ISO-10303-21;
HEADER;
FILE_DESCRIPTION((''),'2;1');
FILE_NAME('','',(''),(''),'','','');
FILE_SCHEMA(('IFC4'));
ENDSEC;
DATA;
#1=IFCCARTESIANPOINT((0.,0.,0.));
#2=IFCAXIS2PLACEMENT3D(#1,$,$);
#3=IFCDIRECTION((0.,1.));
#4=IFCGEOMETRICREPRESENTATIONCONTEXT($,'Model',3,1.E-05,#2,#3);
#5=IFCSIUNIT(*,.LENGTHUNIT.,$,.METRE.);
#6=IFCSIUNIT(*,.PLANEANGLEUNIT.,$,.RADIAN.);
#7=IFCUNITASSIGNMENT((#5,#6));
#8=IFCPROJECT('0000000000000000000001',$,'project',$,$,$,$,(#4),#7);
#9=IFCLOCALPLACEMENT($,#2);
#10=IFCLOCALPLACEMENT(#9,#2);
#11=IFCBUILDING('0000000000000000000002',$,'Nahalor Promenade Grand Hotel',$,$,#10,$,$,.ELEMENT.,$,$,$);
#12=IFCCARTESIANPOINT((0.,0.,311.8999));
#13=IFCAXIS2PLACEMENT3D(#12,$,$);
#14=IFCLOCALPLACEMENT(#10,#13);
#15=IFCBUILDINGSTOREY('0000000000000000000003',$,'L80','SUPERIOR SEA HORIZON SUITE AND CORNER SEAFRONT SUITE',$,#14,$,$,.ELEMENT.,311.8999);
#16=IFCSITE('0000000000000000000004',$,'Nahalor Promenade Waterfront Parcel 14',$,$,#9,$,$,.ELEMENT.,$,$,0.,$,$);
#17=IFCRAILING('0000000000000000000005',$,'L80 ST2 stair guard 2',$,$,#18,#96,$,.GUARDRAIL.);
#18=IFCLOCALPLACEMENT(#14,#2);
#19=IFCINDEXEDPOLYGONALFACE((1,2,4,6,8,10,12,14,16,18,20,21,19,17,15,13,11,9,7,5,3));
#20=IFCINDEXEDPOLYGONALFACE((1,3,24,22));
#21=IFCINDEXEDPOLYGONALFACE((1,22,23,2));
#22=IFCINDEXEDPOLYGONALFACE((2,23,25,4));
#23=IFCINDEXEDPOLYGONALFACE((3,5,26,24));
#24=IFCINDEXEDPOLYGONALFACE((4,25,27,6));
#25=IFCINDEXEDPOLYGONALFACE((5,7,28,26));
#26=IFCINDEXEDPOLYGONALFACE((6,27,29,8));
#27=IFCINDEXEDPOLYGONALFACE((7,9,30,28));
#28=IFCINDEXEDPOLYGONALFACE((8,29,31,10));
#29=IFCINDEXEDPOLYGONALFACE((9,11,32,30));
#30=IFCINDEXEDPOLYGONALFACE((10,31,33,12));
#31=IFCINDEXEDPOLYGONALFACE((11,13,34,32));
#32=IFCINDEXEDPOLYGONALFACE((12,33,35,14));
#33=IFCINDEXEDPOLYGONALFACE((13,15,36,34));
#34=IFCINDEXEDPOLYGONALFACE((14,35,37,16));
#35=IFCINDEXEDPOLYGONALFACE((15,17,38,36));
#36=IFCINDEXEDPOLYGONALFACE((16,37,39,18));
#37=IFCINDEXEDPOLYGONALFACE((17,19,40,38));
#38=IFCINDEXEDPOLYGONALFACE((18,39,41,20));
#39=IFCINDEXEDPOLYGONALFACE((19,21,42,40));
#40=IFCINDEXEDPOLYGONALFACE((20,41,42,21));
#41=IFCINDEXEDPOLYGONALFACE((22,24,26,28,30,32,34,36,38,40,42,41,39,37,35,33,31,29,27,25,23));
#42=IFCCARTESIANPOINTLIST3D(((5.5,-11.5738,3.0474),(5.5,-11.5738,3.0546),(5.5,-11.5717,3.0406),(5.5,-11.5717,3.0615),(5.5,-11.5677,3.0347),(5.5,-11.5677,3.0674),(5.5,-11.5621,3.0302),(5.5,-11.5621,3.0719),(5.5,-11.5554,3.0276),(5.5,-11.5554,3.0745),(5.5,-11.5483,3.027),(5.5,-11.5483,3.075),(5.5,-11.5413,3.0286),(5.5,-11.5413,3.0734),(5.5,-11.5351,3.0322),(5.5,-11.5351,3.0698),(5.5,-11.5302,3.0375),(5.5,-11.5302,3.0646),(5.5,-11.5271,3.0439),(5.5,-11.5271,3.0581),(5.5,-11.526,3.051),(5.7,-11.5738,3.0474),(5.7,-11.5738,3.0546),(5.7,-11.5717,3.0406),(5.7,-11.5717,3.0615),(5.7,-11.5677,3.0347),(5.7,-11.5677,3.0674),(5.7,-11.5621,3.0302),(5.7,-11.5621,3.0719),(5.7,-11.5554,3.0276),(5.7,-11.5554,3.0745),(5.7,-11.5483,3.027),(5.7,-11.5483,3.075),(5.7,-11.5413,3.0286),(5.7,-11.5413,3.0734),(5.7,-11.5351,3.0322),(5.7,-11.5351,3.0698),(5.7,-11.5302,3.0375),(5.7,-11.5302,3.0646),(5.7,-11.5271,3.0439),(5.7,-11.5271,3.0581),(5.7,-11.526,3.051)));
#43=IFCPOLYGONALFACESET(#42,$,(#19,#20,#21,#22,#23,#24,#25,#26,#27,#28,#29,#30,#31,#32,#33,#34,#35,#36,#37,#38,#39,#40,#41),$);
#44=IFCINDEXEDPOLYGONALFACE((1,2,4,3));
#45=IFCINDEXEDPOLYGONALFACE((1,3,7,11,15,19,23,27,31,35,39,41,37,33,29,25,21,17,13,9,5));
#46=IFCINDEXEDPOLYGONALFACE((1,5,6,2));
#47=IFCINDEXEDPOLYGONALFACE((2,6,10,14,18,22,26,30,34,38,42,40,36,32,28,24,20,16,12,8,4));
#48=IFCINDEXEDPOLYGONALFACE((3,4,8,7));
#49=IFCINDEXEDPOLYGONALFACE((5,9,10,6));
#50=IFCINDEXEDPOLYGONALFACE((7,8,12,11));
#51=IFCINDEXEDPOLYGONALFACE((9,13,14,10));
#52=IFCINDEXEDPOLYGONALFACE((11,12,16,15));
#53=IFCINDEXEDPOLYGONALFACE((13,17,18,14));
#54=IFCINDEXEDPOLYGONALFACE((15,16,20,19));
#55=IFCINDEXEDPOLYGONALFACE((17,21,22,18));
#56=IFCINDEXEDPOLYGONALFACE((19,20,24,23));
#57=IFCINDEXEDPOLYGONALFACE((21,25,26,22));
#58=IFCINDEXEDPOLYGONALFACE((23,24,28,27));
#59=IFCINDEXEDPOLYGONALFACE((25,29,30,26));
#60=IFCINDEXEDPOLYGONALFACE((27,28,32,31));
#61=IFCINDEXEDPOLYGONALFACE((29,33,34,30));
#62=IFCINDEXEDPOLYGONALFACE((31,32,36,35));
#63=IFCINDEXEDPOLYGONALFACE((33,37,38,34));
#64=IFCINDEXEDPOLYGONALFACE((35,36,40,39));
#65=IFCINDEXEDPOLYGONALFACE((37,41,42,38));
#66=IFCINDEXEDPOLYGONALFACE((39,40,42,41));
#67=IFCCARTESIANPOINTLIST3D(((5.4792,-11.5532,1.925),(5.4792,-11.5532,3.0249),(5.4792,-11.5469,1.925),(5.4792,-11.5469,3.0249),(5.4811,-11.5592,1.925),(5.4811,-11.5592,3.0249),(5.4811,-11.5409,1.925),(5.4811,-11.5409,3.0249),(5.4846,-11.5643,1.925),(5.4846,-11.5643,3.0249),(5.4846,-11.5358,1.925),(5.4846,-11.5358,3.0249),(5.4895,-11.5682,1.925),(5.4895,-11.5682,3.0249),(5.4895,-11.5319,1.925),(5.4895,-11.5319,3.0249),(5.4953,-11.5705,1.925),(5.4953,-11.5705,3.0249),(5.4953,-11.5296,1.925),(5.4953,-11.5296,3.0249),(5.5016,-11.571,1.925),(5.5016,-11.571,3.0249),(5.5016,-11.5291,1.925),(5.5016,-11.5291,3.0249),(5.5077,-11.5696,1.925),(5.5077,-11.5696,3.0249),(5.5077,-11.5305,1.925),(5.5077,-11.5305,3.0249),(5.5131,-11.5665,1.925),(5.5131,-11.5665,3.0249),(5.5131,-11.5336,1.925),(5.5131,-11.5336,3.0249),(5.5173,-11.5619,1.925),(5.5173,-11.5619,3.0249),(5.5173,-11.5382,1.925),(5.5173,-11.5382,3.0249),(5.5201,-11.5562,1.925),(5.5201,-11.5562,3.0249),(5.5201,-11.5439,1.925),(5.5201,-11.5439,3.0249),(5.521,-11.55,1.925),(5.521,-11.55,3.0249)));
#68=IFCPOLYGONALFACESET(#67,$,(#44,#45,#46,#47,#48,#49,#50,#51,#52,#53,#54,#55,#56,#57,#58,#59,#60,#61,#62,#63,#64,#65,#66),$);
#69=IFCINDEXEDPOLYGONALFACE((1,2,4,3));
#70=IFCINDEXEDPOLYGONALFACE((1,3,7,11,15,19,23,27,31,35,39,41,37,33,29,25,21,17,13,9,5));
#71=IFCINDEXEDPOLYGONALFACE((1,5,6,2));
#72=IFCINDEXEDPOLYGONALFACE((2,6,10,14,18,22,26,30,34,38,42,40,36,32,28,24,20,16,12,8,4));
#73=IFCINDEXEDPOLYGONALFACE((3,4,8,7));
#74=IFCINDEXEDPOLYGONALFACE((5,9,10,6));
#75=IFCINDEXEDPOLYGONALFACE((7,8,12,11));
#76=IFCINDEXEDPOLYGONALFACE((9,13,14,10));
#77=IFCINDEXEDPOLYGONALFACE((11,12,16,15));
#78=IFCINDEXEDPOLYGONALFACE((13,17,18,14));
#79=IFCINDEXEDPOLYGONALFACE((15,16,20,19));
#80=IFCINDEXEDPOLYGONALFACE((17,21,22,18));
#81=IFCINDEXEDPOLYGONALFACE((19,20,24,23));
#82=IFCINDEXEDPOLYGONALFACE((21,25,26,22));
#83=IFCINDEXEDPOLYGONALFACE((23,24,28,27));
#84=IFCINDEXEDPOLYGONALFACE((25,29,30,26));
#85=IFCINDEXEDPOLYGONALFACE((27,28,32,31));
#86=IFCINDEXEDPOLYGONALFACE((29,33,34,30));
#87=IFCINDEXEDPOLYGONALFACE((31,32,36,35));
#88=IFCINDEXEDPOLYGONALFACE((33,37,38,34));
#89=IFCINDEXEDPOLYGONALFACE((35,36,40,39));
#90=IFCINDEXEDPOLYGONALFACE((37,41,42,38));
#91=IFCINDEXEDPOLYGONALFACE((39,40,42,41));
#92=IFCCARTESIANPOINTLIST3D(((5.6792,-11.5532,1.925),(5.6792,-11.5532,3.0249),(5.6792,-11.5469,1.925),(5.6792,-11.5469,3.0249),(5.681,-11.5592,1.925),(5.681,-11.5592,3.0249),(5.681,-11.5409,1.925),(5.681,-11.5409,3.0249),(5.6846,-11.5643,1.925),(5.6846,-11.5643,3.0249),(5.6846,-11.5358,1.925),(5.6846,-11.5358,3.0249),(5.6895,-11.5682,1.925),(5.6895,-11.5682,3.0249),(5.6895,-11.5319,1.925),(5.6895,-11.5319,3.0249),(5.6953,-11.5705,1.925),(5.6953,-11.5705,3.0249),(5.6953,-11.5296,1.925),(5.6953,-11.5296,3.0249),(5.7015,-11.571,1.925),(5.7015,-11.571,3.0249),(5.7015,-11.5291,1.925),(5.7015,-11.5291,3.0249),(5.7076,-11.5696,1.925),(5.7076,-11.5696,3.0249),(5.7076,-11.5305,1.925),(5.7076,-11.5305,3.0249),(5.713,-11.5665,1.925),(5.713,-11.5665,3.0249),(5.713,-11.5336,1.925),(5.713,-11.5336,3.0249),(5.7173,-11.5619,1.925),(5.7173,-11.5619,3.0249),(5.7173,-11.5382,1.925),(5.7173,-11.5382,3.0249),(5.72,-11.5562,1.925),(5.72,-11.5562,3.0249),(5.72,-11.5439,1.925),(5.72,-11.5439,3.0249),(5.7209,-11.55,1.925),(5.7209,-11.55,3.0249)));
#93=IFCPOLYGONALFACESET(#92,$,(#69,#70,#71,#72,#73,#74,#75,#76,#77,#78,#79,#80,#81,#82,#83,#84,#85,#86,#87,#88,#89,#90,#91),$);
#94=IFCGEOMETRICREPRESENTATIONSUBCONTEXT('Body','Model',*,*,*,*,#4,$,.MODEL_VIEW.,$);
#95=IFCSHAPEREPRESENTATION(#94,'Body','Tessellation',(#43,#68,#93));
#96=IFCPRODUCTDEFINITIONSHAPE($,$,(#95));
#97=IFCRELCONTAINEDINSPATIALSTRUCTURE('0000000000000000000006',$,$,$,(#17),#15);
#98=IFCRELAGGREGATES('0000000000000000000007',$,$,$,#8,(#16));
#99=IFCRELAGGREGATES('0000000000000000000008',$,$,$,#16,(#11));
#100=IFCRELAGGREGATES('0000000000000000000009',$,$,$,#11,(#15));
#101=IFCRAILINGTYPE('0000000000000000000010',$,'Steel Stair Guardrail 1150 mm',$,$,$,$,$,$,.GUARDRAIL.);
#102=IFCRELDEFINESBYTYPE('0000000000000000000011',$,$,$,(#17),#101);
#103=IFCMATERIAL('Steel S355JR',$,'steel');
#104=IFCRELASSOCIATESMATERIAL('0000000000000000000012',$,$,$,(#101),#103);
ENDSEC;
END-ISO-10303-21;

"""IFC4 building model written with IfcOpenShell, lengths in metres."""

from ifc_helpers import new_model, si_unit, direction, frame, origin, origin_2d, place, context, subcontext, project, spatial, circle, extrude, material, type_object, element, save


model = new_model("IFC4")

# Units and contexts
model_context = context("Model", 3, precision=1e-05, world=origin(), true_north=direction((0.0, 1.0)))
body_context = subcontext(model_context, "Body", "Model", "MODEL_VIEW")
ifc_project = project(units=[si_unit("LENGTHUNIT", "METRE"), si_unit("PLANEANGLEUNIT", "RADIAN")], contexts=[model_context])

# Site, building, storey
site_placement = place(None, origin())
site = spatial("IfcSite", under=ifc_project, at=site_placement, Name="Nahalor Promenade Waterfront Parcel 14", CompositionType="ELEMENT", RefElevation=0.0)
building_placement = place(site_placement, origin())
building = spatial("IfcBuilding", under=site, at=building_placement, Name="Nahalor Promenade Grand Hotel", CompositionType="ELEMENT")
storey_placement = place(building_placement, frame((0.0, 0.0, 311.8999)))
storey = spatial("IfcBuildingStorey", under=building, at=storey_placement, Name="L80", Description="SUPERIOR SEA HORIZON SUITE AND CORNER SEAFRONT SUITE", CompositionType="ELEMENT", Elevation=311.8999)

# Shared definitions
ifc_material_1 = material(Name="Steel S355JR", Category="steel")

# Railing
railing_type_1 = type_object("IfcRailingType", Name="Steel Stair Guardrail 1150 mm", PredefinedType="GUARDRAIL", material=ifc_material_1)
railing_1_placement = place(storey_placement, frame((5.5, -11.55, 1.925)))
element("IfcRailing", 1, at=railing_1_placement, inside=storey, type_object=railing_type_1, Name="L80 ST2 stair guard 2", PredefinedType="GUARDRAIL", context=body_context, shape_type="SweptSolid", body=[
    extrude(circle(Radius=0.024, at=origin_2d()), frame((0.0, 0.0, 1.126), z_axis=(1.0, 0.0, 0.0), x_axis=(0.0, 1.0, 0.0)), (0.0, 0.0, 1.0), 0.2),
    extrude(circle(Radius=0.021, at=origin_2d()), origin(), (0.0, 0.0, 1.0), 1.0999),
    extrude(circle(Radius=0.021, at=origin_2d()), frame((0.2, 0.0, 0.0)), (0.0, 0.0, 1.0), 1.0999),
])

save(model, "model.ifc")
